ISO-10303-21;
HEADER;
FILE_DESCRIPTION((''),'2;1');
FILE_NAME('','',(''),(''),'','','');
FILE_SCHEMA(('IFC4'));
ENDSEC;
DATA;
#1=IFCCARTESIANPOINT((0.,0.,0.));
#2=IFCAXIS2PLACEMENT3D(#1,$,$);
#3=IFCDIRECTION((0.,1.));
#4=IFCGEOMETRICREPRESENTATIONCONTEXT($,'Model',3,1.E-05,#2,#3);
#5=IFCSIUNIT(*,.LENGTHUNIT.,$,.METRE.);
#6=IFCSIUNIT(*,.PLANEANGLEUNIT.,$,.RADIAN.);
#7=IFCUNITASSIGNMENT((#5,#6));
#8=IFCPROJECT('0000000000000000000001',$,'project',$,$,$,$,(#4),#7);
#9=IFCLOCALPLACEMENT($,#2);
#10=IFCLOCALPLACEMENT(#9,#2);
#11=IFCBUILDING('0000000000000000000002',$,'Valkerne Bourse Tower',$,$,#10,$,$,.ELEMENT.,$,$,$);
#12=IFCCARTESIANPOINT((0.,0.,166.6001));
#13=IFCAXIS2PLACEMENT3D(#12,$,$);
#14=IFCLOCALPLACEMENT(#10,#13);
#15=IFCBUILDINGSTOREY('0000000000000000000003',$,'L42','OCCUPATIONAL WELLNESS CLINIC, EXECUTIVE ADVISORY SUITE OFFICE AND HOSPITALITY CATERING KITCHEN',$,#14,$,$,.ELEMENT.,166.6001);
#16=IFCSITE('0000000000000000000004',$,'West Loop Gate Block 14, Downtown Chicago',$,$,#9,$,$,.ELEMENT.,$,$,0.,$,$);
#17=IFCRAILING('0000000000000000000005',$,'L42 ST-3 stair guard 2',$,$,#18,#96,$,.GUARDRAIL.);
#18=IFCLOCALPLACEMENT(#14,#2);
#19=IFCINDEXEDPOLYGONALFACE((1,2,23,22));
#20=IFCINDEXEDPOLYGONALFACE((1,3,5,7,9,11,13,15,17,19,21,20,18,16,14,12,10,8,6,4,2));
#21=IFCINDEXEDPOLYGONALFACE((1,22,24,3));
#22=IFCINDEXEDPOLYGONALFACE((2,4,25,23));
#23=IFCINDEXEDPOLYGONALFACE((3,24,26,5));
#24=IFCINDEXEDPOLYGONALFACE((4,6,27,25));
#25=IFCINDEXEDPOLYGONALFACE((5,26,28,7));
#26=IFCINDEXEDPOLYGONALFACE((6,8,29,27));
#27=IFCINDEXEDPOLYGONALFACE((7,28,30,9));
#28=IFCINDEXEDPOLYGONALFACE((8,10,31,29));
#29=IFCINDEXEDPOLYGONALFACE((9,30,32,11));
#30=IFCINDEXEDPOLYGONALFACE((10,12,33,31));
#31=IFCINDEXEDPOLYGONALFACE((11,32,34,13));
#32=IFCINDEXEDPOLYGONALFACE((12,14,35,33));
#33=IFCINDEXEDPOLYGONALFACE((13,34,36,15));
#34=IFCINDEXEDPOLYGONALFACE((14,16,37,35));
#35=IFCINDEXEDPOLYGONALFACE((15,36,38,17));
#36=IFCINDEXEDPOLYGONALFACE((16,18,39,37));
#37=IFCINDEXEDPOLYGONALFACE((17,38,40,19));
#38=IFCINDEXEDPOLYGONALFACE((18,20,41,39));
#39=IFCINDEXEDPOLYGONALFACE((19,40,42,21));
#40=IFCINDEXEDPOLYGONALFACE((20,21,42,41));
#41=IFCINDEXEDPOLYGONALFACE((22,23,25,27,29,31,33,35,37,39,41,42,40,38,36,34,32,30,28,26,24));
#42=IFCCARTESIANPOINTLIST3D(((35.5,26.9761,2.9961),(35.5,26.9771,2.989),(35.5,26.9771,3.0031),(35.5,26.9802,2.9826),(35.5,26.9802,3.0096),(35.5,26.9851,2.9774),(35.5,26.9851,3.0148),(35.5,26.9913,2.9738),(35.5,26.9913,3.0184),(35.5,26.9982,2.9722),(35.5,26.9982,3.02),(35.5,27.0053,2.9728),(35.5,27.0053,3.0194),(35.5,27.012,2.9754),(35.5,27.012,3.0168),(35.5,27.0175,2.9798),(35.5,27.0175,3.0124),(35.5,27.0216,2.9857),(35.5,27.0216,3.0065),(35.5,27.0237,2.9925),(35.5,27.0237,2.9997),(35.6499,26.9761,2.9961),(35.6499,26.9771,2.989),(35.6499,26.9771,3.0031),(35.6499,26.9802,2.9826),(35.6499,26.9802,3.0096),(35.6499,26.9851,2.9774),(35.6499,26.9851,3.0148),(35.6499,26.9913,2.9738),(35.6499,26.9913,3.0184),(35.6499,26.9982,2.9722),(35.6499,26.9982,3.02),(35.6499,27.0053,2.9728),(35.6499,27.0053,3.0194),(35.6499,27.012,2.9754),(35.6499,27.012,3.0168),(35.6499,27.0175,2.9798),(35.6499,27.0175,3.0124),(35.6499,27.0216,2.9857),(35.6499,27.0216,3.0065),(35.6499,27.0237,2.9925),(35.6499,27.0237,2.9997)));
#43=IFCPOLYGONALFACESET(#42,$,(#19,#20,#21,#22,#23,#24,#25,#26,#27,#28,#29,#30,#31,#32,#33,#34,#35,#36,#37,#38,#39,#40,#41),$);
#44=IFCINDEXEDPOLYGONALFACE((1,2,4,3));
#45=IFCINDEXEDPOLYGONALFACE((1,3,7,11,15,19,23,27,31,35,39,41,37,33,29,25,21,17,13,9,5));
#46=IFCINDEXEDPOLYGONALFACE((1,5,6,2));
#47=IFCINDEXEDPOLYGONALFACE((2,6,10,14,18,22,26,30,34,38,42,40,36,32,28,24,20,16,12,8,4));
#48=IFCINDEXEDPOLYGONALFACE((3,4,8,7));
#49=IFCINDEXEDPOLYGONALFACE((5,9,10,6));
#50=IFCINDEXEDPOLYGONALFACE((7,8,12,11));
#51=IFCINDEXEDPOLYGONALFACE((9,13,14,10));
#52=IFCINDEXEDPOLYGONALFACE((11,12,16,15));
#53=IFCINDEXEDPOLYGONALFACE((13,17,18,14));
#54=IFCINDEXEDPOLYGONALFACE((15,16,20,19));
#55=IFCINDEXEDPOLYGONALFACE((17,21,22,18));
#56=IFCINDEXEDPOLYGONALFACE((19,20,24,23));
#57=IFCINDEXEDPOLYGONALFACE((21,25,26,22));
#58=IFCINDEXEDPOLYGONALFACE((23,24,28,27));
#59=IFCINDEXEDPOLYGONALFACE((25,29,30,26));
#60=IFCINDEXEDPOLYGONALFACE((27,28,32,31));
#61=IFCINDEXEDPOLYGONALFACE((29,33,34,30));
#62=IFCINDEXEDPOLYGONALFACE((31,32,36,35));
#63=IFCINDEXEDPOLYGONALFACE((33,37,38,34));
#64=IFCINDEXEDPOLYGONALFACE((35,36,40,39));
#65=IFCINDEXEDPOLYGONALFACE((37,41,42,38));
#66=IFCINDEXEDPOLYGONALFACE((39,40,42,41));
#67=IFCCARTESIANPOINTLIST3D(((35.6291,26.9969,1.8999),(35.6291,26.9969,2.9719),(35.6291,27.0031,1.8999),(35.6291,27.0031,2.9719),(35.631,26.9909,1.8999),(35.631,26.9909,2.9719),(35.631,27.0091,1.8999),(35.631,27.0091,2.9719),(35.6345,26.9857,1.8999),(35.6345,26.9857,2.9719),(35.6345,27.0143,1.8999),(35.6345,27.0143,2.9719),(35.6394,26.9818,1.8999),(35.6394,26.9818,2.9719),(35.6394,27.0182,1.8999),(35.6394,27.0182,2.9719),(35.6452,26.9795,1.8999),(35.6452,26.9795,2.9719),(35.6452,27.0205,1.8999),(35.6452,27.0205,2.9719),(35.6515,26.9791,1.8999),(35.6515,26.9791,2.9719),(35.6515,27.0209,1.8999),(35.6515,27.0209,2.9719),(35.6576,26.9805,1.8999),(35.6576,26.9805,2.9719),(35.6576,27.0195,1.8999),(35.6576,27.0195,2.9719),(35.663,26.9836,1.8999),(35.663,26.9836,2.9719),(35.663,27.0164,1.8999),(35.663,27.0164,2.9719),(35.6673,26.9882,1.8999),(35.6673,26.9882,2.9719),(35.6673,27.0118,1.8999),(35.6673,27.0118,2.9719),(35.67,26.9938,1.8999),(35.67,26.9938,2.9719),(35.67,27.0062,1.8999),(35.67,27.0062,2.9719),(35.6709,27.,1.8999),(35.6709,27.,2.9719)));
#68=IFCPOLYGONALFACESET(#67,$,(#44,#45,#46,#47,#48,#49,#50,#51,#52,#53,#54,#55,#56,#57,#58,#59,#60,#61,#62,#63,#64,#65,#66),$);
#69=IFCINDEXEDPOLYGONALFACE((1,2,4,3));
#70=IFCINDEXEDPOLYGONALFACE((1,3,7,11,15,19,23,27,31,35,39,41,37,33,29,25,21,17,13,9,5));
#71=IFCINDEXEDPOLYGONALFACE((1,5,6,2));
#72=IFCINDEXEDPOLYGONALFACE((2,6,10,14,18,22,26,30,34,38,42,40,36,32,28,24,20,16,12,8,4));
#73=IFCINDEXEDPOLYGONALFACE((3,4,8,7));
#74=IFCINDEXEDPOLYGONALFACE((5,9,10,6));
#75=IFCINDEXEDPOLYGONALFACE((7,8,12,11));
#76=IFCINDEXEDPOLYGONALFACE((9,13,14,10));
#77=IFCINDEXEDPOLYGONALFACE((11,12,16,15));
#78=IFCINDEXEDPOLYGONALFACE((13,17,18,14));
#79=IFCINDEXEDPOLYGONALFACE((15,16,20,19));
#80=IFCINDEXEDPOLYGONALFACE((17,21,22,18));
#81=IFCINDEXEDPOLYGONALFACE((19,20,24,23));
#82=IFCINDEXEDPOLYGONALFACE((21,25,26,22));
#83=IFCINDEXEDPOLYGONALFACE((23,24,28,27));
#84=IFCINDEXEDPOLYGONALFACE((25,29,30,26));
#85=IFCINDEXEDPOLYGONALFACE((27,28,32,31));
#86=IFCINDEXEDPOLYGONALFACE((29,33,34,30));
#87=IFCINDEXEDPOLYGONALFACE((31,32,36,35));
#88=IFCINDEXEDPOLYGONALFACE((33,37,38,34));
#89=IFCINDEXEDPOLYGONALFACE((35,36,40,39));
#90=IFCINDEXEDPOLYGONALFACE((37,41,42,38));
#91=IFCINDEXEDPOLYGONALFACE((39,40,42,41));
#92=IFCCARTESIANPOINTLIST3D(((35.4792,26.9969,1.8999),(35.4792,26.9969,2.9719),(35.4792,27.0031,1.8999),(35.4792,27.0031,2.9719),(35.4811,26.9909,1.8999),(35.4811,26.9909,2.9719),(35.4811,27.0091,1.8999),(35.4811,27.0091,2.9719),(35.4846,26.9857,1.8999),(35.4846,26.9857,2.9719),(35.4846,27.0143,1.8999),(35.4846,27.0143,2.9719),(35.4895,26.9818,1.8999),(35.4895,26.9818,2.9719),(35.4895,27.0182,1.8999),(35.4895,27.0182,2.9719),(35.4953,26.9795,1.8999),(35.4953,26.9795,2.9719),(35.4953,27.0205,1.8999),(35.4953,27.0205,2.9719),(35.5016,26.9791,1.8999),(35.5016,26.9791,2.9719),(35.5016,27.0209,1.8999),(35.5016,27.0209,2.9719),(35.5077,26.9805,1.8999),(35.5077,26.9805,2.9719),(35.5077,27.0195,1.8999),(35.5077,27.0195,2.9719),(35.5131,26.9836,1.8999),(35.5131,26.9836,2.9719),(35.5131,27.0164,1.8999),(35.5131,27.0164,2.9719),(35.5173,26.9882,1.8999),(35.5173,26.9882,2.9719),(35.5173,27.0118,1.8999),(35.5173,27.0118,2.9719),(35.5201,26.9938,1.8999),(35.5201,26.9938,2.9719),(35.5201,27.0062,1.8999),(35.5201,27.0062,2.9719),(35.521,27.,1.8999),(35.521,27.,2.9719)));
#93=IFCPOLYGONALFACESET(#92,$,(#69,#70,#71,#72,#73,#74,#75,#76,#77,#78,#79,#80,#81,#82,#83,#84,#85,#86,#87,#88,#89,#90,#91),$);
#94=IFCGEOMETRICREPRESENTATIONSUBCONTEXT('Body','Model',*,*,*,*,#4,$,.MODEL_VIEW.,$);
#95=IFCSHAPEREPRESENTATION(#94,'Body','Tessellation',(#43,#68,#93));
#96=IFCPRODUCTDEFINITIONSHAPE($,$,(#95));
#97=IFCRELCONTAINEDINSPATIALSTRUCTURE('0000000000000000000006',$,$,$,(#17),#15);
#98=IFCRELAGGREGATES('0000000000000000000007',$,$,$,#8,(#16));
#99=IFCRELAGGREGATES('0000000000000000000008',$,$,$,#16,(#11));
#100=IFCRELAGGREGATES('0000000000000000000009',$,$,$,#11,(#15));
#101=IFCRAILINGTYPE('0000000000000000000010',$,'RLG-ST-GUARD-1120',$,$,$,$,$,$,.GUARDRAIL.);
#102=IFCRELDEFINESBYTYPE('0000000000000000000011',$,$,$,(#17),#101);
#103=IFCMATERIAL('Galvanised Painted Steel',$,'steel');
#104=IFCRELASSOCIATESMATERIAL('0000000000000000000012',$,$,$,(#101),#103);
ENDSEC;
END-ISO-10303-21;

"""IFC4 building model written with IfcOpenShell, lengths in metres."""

from ifc_helpers import new_model, si_unit, direction, frame, origin, origin_2d, place, context, subcontext, project, spatial, circle, extrude, material, type_object, element, save


model = new_model("IFC4")

# Units and contexts
model_context = context("Model", 3, precision=1e-05, world=origin(), true_north=direction((0.0, 1.0)))
body_context = subcontext(model_context, "Body", "Model", "MODEL_VIEW")
ifc_project = project(units=[si_unit("LENGTHUNIT", "METRE"), si_unit("PLANEANGLEUNIT", "RADIAN")], contexts=[model_context])

# Site, building, storey
site_placement = place(None, origin())
site = spatial("IfcSite", under=ifc_project, at=site_placement, Name="West Loop Gate Block 14, Downtown Chicago", CompositionType="ELEMENT", RefElevation=0.0)
building_placement = place(site_placement, origin())
building = spatial("IfcBuilding", under=site, at=building_placement, Name="Valkerne Bourse Tower", CompositionType="ELEMENT")
storey_placement = place(building_placement, frame((0.0, 0.0, 166.6001)))
storey = spatial("IfcBuildingStorey", under=building, at=storey_placement, Name="L42", Description="OCCUPATIONAL WELLNESS CLINIC, EXECUTIVE ADVISORY SUITE OFFICE AND HOSPITALITY CATERING KITCHEN", CompositionType="ELEMENT", Elevation=166.6001)

# Railing
ifc_material_1 = material(Name="Galvanised Painted Steel", Category="steel")
railing_type_1 = type_object("IfcRailingType", Name="RLG-ST-GUARD-1120", PredefinedType="GUARDRAIL", material=ifc_material_1)
railing_1_placement = place(storey_placement, frame((35.6499, 27.0, 1.8999)))
element("IfcRailing", 1, at=railing_1_placement, inside=storey, type_object=railing_type_1, Name="L42 ST-3 stair guard 2", PredefinedType="GUARDRAIL", context=body_context, shape_type="SweptSolid", body=[
    extrude(circle(Radius=0.0239, at=origin_2d()), frame((0.0, 0.0, 1.0962), z_axis=(-1.0, 0.0, 0.0), x_axis=(0.0, -1.0, 0.0)), (0.0, 0.0, 1.0), 0.1499),
    extrude(circle(Radius=0.021, at=origin_2d()), origin(), (0.0, 0.0, 1.0), 1.072),
    extrude(circle(Radius=0.021, at=origin_2d()), frame((-0.1499, 0.0, 0.0)), (0.0, 0.0, 1.0), 1.072),
])

save(model, "model.ifc")
